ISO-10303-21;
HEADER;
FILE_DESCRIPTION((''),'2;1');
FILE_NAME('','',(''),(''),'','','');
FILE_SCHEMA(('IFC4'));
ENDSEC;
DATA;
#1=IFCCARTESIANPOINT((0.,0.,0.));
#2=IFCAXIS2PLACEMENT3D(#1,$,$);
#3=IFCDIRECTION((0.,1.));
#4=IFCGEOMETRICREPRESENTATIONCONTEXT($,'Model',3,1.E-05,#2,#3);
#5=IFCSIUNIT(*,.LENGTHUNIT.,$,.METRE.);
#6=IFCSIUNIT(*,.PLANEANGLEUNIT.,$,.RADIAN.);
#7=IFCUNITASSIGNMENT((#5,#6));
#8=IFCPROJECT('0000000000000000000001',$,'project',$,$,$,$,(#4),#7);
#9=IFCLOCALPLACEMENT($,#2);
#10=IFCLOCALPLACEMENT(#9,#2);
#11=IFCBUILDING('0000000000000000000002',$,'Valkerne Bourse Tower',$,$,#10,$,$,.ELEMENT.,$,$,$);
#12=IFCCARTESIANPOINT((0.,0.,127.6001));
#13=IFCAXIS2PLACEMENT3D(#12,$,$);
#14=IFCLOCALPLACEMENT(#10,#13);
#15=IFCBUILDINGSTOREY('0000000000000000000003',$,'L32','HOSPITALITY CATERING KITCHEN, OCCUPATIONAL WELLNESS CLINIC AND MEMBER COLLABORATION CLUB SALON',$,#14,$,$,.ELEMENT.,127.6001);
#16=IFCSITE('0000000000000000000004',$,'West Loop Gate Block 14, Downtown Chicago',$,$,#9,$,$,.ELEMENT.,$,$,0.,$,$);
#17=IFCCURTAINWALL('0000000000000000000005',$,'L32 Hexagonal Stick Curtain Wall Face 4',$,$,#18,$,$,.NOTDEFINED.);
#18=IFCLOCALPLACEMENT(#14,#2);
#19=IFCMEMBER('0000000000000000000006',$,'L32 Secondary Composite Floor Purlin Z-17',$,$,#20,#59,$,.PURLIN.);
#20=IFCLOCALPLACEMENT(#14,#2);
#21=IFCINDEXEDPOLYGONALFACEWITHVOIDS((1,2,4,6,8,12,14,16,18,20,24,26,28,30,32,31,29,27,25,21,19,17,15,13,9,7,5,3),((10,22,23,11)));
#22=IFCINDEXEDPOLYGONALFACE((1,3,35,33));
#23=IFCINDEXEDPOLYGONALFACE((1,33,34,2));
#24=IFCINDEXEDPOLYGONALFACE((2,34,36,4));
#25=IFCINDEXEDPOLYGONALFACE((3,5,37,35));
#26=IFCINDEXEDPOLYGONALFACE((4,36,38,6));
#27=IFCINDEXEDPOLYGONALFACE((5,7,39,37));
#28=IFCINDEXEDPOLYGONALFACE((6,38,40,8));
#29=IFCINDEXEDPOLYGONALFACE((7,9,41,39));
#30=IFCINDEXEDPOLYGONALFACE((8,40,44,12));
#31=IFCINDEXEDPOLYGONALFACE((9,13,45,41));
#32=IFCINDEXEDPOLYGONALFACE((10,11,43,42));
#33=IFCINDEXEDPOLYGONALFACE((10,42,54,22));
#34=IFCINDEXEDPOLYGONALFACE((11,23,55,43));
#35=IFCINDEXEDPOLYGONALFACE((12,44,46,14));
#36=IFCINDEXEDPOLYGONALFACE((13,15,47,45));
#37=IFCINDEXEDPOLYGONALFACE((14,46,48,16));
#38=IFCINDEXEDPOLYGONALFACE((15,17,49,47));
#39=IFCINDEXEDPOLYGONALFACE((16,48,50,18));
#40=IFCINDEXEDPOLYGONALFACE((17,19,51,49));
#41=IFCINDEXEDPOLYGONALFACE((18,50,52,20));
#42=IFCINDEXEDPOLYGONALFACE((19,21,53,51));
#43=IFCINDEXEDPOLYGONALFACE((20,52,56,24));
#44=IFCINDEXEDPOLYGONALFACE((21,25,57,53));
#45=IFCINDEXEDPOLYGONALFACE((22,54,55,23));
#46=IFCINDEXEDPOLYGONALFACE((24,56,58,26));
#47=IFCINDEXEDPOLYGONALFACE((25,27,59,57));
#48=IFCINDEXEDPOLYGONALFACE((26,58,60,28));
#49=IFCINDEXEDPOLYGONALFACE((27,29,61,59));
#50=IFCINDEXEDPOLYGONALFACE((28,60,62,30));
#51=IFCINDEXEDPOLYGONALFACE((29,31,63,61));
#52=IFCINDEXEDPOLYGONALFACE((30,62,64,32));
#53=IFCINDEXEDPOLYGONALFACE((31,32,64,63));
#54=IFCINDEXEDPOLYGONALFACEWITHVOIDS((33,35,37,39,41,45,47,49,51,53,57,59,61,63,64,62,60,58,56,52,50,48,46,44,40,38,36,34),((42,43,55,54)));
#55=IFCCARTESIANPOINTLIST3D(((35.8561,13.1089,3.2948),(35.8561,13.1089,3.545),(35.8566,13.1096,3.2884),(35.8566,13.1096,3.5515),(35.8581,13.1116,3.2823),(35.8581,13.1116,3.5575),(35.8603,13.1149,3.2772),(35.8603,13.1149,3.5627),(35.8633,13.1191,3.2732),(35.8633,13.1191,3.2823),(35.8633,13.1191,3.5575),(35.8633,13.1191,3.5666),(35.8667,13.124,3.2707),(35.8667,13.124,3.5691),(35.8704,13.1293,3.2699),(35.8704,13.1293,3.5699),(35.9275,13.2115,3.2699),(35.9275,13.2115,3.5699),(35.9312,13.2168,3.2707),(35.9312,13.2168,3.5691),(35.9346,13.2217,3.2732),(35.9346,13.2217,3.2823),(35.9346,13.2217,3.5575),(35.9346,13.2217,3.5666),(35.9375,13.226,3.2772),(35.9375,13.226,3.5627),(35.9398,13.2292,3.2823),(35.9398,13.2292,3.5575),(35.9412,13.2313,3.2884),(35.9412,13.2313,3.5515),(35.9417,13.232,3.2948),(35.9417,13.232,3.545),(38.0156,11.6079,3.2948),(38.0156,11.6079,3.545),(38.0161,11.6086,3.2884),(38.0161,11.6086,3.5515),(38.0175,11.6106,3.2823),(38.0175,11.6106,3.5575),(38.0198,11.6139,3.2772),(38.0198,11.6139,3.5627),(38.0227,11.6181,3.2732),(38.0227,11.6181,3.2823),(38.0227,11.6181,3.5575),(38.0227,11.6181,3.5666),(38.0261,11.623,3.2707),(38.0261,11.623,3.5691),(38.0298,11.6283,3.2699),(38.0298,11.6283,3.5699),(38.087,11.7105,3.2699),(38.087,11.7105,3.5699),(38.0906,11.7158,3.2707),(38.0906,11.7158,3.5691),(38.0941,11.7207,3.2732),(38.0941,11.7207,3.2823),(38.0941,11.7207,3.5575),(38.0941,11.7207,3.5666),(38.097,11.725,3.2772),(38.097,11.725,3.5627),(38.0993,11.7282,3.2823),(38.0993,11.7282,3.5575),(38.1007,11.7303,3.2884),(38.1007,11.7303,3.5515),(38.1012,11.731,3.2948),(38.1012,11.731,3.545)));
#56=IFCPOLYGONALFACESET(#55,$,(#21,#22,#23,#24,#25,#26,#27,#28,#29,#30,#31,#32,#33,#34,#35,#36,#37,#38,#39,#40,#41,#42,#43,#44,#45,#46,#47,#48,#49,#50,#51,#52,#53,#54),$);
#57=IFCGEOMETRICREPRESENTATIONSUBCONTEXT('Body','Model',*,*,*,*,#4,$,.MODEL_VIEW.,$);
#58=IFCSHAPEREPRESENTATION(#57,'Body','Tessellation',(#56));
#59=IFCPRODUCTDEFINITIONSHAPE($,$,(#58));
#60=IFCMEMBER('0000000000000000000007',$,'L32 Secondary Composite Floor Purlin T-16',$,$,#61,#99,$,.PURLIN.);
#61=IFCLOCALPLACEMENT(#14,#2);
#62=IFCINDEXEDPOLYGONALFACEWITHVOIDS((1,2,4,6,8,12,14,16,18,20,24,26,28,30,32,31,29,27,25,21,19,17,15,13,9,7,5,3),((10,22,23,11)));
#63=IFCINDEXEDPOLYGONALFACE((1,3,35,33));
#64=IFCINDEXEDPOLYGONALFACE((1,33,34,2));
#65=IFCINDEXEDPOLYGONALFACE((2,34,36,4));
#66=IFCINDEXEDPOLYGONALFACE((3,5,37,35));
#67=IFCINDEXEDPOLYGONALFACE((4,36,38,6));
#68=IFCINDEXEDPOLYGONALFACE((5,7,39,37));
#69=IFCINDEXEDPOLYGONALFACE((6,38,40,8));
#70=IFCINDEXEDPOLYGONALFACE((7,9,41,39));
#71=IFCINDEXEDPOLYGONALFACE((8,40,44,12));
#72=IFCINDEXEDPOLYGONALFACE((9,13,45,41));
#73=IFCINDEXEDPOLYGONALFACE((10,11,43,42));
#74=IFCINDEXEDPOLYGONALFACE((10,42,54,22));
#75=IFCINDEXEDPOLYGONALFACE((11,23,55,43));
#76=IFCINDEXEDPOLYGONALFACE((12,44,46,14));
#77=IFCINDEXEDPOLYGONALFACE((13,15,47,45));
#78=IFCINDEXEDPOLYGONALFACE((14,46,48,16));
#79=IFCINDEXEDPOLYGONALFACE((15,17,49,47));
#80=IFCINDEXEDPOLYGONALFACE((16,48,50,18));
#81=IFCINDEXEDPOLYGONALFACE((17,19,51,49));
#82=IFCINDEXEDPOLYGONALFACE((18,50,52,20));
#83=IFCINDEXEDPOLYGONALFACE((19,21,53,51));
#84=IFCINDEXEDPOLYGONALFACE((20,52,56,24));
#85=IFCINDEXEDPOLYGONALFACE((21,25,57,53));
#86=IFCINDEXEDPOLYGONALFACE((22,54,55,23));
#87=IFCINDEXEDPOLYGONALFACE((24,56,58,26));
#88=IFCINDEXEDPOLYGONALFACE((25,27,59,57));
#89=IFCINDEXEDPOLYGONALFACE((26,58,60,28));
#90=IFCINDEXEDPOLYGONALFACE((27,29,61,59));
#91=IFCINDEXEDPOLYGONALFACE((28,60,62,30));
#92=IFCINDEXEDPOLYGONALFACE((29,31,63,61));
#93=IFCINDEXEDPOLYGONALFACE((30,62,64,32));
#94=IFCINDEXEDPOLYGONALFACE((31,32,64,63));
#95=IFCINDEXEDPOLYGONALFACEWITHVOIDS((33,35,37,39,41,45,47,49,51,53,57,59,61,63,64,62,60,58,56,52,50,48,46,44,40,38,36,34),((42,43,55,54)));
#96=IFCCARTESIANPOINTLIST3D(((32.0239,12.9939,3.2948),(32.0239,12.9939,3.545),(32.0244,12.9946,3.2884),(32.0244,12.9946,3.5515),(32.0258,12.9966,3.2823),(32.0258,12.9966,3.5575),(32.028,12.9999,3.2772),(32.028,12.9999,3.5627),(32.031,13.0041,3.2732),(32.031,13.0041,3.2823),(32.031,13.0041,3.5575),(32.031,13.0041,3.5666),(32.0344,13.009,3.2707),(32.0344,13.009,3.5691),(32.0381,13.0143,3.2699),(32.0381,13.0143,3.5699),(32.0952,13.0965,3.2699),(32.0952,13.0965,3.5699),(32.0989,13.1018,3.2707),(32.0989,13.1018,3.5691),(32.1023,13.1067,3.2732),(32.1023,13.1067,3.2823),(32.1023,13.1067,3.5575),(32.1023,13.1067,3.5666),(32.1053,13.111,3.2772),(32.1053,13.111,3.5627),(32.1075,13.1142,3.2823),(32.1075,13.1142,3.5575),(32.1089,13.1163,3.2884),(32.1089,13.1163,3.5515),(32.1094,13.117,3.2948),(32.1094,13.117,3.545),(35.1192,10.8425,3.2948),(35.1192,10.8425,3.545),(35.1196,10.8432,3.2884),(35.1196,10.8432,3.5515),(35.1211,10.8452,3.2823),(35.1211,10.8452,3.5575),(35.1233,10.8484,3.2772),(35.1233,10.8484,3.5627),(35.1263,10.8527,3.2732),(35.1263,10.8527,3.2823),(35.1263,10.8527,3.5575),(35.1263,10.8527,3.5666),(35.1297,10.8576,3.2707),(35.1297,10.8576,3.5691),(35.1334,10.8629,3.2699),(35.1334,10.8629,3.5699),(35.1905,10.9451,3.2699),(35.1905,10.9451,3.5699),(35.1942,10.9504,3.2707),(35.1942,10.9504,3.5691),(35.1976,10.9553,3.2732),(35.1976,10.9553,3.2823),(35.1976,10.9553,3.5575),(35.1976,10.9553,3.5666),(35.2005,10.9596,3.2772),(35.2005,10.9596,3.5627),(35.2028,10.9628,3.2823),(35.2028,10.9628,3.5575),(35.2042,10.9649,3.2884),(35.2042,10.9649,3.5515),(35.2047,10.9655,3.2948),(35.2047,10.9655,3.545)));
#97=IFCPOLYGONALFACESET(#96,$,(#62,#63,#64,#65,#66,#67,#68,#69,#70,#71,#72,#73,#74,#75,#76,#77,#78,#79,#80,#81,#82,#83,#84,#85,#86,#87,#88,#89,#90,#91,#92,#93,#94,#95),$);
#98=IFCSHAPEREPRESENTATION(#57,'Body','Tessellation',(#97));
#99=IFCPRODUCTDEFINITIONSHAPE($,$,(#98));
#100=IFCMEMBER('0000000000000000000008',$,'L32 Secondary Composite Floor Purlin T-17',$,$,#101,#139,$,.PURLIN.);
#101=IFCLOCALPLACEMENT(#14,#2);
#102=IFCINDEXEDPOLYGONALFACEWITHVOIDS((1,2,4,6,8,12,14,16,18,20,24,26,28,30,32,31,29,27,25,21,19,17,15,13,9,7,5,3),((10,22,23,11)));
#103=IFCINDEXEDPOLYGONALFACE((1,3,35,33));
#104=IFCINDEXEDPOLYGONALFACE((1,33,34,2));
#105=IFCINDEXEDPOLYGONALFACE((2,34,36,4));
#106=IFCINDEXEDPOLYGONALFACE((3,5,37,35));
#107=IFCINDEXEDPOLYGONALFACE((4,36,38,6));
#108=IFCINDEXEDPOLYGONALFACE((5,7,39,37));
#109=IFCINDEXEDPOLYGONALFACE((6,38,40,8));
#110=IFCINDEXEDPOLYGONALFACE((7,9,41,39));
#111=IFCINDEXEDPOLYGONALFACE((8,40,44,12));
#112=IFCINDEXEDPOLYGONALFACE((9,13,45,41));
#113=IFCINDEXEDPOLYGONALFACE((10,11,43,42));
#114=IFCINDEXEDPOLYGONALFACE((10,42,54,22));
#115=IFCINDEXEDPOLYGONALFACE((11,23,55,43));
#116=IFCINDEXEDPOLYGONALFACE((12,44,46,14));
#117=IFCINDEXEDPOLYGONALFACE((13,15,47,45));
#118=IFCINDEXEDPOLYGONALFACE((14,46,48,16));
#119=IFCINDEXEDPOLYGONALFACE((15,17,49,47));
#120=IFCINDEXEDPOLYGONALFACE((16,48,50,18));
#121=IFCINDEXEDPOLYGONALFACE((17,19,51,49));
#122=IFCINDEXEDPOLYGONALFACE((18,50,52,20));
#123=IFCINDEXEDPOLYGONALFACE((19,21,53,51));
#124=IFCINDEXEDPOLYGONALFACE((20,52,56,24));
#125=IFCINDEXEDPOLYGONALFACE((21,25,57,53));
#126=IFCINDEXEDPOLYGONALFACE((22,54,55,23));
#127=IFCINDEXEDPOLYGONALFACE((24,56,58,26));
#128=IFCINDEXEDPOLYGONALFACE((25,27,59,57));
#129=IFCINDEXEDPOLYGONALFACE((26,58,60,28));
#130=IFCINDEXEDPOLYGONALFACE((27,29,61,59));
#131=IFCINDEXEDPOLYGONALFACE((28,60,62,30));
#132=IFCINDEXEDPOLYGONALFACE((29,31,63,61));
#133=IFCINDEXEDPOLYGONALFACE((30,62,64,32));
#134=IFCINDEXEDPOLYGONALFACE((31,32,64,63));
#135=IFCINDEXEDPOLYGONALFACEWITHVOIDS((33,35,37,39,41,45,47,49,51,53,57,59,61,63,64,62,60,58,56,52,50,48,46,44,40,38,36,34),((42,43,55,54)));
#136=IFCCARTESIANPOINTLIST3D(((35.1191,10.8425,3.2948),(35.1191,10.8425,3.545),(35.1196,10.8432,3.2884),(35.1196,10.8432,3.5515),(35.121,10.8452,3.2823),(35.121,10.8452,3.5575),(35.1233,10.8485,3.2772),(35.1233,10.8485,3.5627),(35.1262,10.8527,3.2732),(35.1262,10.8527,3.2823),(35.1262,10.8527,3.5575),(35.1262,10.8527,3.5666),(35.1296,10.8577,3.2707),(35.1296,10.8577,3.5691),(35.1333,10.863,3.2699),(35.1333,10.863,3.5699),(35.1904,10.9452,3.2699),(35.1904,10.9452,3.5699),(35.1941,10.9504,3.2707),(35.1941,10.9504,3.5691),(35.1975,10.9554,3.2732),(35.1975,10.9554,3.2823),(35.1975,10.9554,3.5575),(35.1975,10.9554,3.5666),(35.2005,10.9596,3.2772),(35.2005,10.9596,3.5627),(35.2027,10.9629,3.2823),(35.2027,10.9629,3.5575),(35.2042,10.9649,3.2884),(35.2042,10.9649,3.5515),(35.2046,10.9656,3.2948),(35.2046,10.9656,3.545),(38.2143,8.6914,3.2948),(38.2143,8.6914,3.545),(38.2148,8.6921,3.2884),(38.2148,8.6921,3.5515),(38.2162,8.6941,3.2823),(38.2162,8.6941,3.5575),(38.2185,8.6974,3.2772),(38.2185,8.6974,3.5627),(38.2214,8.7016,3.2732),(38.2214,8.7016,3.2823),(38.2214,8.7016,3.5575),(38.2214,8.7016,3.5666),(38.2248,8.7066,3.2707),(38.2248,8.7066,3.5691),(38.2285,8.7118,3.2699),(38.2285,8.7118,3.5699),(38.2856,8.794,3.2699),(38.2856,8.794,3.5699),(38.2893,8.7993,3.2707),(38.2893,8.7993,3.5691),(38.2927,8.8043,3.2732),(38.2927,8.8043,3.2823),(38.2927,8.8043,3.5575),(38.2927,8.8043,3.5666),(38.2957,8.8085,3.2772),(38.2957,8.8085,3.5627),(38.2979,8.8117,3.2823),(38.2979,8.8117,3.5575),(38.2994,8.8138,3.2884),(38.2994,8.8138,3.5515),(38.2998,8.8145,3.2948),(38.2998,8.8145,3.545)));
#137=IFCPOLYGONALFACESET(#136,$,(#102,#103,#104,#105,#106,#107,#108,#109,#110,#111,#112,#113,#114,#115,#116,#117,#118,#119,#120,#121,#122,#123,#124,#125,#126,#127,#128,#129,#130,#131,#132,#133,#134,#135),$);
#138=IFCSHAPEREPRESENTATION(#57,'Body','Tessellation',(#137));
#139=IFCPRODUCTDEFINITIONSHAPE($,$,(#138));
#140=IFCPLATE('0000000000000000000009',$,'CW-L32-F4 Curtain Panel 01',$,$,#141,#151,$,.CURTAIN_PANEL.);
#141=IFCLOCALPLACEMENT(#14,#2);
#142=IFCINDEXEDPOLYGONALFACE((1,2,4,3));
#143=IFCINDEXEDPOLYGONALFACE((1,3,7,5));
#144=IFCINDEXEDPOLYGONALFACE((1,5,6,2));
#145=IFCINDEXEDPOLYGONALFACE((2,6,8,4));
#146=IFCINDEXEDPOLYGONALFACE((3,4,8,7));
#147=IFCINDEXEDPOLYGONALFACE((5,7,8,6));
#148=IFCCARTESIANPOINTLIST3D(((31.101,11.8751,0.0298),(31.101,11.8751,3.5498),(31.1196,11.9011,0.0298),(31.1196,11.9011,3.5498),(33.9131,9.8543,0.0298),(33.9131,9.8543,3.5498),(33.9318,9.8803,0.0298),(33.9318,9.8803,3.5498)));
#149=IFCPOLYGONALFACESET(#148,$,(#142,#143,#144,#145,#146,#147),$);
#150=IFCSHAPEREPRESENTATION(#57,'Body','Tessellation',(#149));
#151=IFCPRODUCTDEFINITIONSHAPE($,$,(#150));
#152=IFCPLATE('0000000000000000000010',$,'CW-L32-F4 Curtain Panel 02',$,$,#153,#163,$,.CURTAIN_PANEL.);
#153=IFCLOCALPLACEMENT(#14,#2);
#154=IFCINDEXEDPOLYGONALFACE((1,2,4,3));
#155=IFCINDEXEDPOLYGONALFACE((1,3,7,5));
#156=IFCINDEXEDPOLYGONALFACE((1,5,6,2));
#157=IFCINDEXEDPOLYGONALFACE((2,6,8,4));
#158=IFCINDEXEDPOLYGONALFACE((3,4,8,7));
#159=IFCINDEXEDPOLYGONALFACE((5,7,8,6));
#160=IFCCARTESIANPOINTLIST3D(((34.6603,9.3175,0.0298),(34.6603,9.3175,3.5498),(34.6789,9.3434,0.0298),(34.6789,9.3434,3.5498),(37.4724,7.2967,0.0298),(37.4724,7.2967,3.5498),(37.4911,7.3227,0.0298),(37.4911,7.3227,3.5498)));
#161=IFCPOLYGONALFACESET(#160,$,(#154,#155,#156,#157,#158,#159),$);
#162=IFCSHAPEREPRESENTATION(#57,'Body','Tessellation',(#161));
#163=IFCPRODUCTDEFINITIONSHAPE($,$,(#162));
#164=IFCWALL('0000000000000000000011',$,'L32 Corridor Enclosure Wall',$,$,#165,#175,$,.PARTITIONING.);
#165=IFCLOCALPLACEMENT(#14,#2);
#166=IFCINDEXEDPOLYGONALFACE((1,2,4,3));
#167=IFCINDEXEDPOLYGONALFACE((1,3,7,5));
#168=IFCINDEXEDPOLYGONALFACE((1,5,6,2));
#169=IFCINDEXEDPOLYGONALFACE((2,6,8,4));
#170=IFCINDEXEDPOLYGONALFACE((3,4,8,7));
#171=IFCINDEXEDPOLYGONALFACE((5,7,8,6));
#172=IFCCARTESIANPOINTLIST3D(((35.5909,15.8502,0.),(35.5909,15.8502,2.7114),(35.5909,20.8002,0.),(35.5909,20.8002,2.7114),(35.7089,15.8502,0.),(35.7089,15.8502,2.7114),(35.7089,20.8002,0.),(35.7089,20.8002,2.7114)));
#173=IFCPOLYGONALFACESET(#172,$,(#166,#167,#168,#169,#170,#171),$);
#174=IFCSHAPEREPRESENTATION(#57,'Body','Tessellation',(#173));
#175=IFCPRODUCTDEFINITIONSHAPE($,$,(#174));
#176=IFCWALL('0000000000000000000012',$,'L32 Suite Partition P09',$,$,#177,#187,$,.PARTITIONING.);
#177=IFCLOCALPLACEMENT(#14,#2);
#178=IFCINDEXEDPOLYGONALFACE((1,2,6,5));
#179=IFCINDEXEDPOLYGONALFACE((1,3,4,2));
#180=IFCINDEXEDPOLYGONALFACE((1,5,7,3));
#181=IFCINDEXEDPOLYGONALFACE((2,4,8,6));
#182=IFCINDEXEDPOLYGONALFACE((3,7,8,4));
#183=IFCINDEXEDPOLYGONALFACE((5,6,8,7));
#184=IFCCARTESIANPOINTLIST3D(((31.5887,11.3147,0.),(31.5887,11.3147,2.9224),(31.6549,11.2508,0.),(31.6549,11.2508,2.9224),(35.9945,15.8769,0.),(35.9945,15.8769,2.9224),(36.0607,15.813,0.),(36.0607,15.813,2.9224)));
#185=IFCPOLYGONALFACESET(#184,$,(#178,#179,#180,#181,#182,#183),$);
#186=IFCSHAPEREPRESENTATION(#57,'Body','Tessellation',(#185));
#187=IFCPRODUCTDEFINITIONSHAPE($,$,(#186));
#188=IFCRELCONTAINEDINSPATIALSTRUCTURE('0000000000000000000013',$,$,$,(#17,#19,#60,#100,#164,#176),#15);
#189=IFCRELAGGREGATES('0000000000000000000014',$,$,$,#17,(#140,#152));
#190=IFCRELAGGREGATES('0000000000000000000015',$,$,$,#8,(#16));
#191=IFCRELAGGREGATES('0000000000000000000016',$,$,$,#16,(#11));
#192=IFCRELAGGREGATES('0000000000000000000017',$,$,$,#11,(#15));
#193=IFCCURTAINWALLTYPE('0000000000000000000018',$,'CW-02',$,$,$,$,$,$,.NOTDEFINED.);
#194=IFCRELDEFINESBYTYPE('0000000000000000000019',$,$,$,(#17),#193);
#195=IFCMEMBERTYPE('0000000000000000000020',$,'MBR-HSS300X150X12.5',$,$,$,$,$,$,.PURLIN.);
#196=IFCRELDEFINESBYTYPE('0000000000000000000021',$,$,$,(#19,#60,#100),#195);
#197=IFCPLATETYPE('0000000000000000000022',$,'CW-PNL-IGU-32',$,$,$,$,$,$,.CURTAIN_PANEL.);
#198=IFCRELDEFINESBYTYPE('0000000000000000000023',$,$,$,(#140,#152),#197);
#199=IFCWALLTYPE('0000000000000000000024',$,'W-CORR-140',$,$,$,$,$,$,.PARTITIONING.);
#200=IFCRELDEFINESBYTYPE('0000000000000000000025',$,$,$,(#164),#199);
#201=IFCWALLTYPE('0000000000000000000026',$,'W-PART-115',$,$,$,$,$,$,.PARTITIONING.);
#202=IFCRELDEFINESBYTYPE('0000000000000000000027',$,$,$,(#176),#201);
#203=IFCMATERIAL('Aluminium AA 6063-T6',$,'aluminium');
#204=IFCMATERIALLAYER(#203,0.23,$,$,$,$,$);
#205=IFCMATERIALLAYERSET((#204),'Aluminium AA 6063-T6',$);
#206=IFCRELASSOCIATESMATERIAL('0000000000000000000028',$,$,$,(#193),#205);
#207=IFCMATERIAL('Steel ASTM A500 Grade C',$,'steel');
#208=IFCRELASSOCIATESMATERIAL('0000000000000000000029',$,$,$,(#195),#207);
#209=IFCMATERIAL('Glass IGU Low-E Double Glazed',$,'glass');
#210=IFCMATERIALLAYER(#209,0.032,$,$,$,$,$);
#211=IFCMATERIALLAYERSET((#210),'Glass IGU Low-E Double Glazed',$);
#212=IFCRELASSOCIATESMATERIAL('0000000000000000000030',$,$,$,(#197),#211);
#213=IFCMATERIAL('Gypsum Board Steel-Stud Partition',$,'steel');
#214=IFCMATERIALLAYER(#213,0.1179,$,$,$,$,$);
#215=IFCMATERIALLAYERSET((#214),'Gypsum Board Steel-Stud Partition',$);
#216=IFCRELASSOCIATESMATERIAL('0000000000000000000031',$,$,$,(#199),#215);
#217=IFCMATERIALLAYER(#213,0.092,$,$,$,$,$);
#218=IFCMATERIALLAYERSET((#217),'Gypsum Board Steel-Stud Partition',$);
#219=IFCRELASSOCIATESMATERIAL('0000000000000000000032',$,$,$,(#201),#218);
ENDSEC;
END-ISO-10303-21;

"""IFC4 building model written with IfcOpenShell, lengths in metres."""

from ifc_helpers import new_model, si_unit, direction, frame, frame_2d, origin, origin_2d, place, context, subcontext, project, spatial, rectangle, hollow_rectangle, extrude, material, layer, layer_set, material_profile, profile_set, type_object, element, aggregate, save


model = new_model("IFC4")

# Units and contexts
model_context = context("Model", 3, precision=1e-05, world=origin(), true_north=direction((0.0, 1.0)))
body_context = subcontext(model_context, "Body", "Model", "MODEL_VIEW")
ifc_project = project(units=[si_unit("LENGTHUNIT", "METRE"), si_unit("PLANEANGLEUNIT", "RADIAN")], contexts=[model_context])

# Site, building, storey
site_placement = place(None, origin())
site = spatial("IfcSite", under=ifc_project, at=site_placement, Name="West Loop Gate Block 14, Downtown Chicago", CompositionType="ELEMENT", RefElevation=0.0)
building_placement = place(site_placement, origin())
building = spatial("IfcBuilding", under=site, at=building_placement, Name="Valkerne Bourse Tower", CompositionType="ELEMENT")
storey_placement = place(building_placement, frame((0.0, 0.0, 127.6001)))
storey = spatial("IfcBuildingStorey", under=building, at=storey_placement, Name="L32", Description="HOSPITALITY CATERING KITCHEN, OCCUPATIONAL WELLNESS CLINIC AND MEMBER COLLABORATION CLUB SALON", CompositionType="ELEMENT", Elevation=127.6001)

# Curtain wall
ifc_material_1 = material(Name="Aluminium AA 6063-T6", Category="aluminium")
ifc_layer_1 = layer(ifc_material_1, 0.23)
ifc_layer_set_1 = layer_set([ifc_layer_1], Name="Aluminium AA 6063-T6")
curtain_wall_type = type_object("IfcCurtainWallType", Name="CW-02", PredefinedType="NOTDEFINED", material=ifc_layer_set_1)
curtain_wall_placement = place(storey_placement, origin())
curtain_wall = element("IfcCurtainWall", 1, at=curtain_wall_placement, inside=storey, type_object=curtain_wall_type, Name="L32 Hexagonal Stick Curtain Wall Face 4", PredefinedType="NOTDEFINED")

# Members
ifc_material_2 = material(Name="Steel ASTM A500 Grade C", Category="steel")
ifc_material_profile_1 = material_profile(ifc_material_2, hollow_rectangle(XDim=0.1499, YDim=0.3, WallThickness=0.0125, OuterFilletRadius=0.0249, at=origin_2d()), Name="HSS300X150X12.5")
ifc_profile_set_1 = profile_set([ifc_material_profile_1], Name="Steel ASTM A500 Grade C")
member_type_1 = type_object("IfcMemberType", Name="MBR-HSS300X150X12.5", PredefinedType="PURLIN", material=ifc_profile_set_1)
member_1_placement = place(storey_placement, frame((35.8989, 13.1704, 3.4199), z_axis=(0.821125, -0.570749, 0.0), x_axis=(0.570749, 0.821125, 0.0)))
element("IfcMember", 2, at=member_1_placement, inside=storey, type_object=member_type_1, Name="L32 Secondary Composite Floor Purlin Z-17", PredefinedType="PURLIN", context=body_context, shape_type="SweptSolid", body=[
    extrude(hollow_rectangle(XDim=0.1499, YDim=0.3, WallThickness=0.0125, OuterFilletRadius=0.0249, at=origin_2d()), origin(), (0.0, 0.0, 1.0), 2.6299),
])
member_2_placement = place(storey_placement, frame((32.0667, 13.0554, 3.4199), z_axis=(0.821132, -0.570738, 0.0), x_axis=(0.570738, 0.821132, 0.0)))
element("IfcMember", 3, at=member_2_placement, inside=storey, type_object=member_type_1, Name="L32 Secondary Composite Floor Purlin T-16", PredefinedType="PURLIN", context=body_context, shape_type="SweptSolid", body=[
    extrude(hollow_rectangle(XDim=0.1499, YDim=0.3, WallThickness=0.0125, OuterFilletRadius=0.0249, at=origin_2d()), origin(), (0.0, 0.0, 1.0), 3.7695),
])
member_3_placement = place(storey_placement, frame((35.1619, 10.9041, 3.4199), z_axis=(0.821163, -0.570694, 0.0), x_axis=(0.570694, 0.821163, 0.0)))
element("IfcMember", 4, at=member_3_placement, inside=storey, type_object=member_type_1, Name="L32 Secondary Composite Floor Purlin T-17", PredefinedType="PURLIN", context=body_context, shape_type="SweptSolid", body=[
    extrude(hollow_rectangle(XDim=0.1499, YDim=0.3, WallThickness=0.0125, OuterFilletRadius=0.0249, at=origin_2d()), origin(), (0.0, 0.0, 1.0), 3.7693),
])

# Plates
ifc_material_3 = material(Name="Glass IGU Low-E Double Glazed", Category="glass")
ifc_layer_2 = layer(ifc_material_3, 0.032)
ifc_layer_set_2 = layer_set([ifc_layer_2], Name="Glass IGU Low-E Double Glazed")
plate_type = type_object("IfcPlateType", Name="CW-PNL-IGU-32", PredefinedType="CURTAIN_PANEL", material=ifc_layer_set_2)
plate_1_placement = place(storey_placement, frame((32.5164, 10.8777, 0.0298), z_axis=(0.0, 0.0, 1.0), x_axis=(0.812074, -0.583554, 0.0)))
plate_1 = element("IfcPlate", 5, at=plate_1_placement, type_object=plate_type, Name="CW-L32-F4 Curtain Panel 01", PredefinedType="CURTAIN_PANEL", context=body_context, shape_type="SweptSolid", body=[
    extrude(rectangle(XDim=3.4629, YDim=0.032, at=origin_2d()), origin(), (0.0, 0.0, 1.0), 3.52),
])
plate_2_placement = place(storey_placement, frame((36.0757, 8.3201, 0.0298), z_axis=(0.0, 0.0, 1.0), x_axis=(0.812082, -0.583543, 0.0)))
plate_2 = element("IfcPlate", 6, at=plate_2_placement, type_object=plate_type, Name="CW-L32-F4 Curtain Panel 02", PredefinedType="CURTAIN_PANEL", context=body_context, shape_type="SweptSolid", body=[
    extrude(rectangle(XDim=3.4629, YDim=0.032, at=origin_2d()), origin(), (0.0, 0.0, 1.0), 3.52),
])
aggregate(curtain_wall, [plate_1, plate_2])

# Walls
ifc_material_4 = material(Name="Gypsum Board Steel-Stud Partition", Category="steel")
ifc_layer_3 = layer(ifc_material_4, 0.1179)
ifc_layer_set_3 = layer_set([ifc_layer_3], Name="Gypsum Board Steel-Stud Partition")
wall_type_1 = type_object("IfcWallType", Name="W-CORR-140", PredefinedType="PARTITIONING", material=ifc_layer_set_3)
wall_1_placement = place(storey_placement, frame((35.6499, 15.8501, 0.0), z_axis=(0.0, 0.0, 1.0), x_axis=(0.0, 1.0, 0.0)))
element("IfcWall", 7, at=wall_1_placement, inside=storey, type_object=wall_type_1, Name="L32 Corridor Enclosure Wall", PredefinedType="PARTITIONING", context=body_context, shape_type="SweptSolid", body=[
    extrude(rectangle(XDim=4.95, YDim=0.1179, at=frame_2d((2.4751, 0.0))), origin(), (0.0, 0.0, 1.0), 2.7114),
])
ifc_layer_4 = layer(ifc_material_4, 0.092)
ifc_layer_set_4 = layer_set([ifc_layer_4], Name="Gypsum Board Steel-Stud Partition")
wall_type_2 = type_object("IfcWallType", Name="W-PART-115", PredefinedType="PARTITIONING", material=ifc_layer_set_4)
wall_2_placement = place(storey_placement, frame((36.0276, 15.845, 0.0), z_axis=(0.0, 0.0, 1.0), x_axis=(-0.694662, -0.719336, 0.0)))
element("IfcWall", 8, at=wall_2_placement, inside=storey, type_object=wall_type_2, Name="L32 Suite Partition P09", PredefinedType="PARTITIONING", context=body_context, shape_type="SweptSolid", body=[
    extrude(rectangle(XDim=6.3423, YDim=0.092, at=frame_2d((3.1711, 0.0))), origin(), (0.0, 0.0, 1.0), 2.9224),
])

save(model, "model.ifc")
